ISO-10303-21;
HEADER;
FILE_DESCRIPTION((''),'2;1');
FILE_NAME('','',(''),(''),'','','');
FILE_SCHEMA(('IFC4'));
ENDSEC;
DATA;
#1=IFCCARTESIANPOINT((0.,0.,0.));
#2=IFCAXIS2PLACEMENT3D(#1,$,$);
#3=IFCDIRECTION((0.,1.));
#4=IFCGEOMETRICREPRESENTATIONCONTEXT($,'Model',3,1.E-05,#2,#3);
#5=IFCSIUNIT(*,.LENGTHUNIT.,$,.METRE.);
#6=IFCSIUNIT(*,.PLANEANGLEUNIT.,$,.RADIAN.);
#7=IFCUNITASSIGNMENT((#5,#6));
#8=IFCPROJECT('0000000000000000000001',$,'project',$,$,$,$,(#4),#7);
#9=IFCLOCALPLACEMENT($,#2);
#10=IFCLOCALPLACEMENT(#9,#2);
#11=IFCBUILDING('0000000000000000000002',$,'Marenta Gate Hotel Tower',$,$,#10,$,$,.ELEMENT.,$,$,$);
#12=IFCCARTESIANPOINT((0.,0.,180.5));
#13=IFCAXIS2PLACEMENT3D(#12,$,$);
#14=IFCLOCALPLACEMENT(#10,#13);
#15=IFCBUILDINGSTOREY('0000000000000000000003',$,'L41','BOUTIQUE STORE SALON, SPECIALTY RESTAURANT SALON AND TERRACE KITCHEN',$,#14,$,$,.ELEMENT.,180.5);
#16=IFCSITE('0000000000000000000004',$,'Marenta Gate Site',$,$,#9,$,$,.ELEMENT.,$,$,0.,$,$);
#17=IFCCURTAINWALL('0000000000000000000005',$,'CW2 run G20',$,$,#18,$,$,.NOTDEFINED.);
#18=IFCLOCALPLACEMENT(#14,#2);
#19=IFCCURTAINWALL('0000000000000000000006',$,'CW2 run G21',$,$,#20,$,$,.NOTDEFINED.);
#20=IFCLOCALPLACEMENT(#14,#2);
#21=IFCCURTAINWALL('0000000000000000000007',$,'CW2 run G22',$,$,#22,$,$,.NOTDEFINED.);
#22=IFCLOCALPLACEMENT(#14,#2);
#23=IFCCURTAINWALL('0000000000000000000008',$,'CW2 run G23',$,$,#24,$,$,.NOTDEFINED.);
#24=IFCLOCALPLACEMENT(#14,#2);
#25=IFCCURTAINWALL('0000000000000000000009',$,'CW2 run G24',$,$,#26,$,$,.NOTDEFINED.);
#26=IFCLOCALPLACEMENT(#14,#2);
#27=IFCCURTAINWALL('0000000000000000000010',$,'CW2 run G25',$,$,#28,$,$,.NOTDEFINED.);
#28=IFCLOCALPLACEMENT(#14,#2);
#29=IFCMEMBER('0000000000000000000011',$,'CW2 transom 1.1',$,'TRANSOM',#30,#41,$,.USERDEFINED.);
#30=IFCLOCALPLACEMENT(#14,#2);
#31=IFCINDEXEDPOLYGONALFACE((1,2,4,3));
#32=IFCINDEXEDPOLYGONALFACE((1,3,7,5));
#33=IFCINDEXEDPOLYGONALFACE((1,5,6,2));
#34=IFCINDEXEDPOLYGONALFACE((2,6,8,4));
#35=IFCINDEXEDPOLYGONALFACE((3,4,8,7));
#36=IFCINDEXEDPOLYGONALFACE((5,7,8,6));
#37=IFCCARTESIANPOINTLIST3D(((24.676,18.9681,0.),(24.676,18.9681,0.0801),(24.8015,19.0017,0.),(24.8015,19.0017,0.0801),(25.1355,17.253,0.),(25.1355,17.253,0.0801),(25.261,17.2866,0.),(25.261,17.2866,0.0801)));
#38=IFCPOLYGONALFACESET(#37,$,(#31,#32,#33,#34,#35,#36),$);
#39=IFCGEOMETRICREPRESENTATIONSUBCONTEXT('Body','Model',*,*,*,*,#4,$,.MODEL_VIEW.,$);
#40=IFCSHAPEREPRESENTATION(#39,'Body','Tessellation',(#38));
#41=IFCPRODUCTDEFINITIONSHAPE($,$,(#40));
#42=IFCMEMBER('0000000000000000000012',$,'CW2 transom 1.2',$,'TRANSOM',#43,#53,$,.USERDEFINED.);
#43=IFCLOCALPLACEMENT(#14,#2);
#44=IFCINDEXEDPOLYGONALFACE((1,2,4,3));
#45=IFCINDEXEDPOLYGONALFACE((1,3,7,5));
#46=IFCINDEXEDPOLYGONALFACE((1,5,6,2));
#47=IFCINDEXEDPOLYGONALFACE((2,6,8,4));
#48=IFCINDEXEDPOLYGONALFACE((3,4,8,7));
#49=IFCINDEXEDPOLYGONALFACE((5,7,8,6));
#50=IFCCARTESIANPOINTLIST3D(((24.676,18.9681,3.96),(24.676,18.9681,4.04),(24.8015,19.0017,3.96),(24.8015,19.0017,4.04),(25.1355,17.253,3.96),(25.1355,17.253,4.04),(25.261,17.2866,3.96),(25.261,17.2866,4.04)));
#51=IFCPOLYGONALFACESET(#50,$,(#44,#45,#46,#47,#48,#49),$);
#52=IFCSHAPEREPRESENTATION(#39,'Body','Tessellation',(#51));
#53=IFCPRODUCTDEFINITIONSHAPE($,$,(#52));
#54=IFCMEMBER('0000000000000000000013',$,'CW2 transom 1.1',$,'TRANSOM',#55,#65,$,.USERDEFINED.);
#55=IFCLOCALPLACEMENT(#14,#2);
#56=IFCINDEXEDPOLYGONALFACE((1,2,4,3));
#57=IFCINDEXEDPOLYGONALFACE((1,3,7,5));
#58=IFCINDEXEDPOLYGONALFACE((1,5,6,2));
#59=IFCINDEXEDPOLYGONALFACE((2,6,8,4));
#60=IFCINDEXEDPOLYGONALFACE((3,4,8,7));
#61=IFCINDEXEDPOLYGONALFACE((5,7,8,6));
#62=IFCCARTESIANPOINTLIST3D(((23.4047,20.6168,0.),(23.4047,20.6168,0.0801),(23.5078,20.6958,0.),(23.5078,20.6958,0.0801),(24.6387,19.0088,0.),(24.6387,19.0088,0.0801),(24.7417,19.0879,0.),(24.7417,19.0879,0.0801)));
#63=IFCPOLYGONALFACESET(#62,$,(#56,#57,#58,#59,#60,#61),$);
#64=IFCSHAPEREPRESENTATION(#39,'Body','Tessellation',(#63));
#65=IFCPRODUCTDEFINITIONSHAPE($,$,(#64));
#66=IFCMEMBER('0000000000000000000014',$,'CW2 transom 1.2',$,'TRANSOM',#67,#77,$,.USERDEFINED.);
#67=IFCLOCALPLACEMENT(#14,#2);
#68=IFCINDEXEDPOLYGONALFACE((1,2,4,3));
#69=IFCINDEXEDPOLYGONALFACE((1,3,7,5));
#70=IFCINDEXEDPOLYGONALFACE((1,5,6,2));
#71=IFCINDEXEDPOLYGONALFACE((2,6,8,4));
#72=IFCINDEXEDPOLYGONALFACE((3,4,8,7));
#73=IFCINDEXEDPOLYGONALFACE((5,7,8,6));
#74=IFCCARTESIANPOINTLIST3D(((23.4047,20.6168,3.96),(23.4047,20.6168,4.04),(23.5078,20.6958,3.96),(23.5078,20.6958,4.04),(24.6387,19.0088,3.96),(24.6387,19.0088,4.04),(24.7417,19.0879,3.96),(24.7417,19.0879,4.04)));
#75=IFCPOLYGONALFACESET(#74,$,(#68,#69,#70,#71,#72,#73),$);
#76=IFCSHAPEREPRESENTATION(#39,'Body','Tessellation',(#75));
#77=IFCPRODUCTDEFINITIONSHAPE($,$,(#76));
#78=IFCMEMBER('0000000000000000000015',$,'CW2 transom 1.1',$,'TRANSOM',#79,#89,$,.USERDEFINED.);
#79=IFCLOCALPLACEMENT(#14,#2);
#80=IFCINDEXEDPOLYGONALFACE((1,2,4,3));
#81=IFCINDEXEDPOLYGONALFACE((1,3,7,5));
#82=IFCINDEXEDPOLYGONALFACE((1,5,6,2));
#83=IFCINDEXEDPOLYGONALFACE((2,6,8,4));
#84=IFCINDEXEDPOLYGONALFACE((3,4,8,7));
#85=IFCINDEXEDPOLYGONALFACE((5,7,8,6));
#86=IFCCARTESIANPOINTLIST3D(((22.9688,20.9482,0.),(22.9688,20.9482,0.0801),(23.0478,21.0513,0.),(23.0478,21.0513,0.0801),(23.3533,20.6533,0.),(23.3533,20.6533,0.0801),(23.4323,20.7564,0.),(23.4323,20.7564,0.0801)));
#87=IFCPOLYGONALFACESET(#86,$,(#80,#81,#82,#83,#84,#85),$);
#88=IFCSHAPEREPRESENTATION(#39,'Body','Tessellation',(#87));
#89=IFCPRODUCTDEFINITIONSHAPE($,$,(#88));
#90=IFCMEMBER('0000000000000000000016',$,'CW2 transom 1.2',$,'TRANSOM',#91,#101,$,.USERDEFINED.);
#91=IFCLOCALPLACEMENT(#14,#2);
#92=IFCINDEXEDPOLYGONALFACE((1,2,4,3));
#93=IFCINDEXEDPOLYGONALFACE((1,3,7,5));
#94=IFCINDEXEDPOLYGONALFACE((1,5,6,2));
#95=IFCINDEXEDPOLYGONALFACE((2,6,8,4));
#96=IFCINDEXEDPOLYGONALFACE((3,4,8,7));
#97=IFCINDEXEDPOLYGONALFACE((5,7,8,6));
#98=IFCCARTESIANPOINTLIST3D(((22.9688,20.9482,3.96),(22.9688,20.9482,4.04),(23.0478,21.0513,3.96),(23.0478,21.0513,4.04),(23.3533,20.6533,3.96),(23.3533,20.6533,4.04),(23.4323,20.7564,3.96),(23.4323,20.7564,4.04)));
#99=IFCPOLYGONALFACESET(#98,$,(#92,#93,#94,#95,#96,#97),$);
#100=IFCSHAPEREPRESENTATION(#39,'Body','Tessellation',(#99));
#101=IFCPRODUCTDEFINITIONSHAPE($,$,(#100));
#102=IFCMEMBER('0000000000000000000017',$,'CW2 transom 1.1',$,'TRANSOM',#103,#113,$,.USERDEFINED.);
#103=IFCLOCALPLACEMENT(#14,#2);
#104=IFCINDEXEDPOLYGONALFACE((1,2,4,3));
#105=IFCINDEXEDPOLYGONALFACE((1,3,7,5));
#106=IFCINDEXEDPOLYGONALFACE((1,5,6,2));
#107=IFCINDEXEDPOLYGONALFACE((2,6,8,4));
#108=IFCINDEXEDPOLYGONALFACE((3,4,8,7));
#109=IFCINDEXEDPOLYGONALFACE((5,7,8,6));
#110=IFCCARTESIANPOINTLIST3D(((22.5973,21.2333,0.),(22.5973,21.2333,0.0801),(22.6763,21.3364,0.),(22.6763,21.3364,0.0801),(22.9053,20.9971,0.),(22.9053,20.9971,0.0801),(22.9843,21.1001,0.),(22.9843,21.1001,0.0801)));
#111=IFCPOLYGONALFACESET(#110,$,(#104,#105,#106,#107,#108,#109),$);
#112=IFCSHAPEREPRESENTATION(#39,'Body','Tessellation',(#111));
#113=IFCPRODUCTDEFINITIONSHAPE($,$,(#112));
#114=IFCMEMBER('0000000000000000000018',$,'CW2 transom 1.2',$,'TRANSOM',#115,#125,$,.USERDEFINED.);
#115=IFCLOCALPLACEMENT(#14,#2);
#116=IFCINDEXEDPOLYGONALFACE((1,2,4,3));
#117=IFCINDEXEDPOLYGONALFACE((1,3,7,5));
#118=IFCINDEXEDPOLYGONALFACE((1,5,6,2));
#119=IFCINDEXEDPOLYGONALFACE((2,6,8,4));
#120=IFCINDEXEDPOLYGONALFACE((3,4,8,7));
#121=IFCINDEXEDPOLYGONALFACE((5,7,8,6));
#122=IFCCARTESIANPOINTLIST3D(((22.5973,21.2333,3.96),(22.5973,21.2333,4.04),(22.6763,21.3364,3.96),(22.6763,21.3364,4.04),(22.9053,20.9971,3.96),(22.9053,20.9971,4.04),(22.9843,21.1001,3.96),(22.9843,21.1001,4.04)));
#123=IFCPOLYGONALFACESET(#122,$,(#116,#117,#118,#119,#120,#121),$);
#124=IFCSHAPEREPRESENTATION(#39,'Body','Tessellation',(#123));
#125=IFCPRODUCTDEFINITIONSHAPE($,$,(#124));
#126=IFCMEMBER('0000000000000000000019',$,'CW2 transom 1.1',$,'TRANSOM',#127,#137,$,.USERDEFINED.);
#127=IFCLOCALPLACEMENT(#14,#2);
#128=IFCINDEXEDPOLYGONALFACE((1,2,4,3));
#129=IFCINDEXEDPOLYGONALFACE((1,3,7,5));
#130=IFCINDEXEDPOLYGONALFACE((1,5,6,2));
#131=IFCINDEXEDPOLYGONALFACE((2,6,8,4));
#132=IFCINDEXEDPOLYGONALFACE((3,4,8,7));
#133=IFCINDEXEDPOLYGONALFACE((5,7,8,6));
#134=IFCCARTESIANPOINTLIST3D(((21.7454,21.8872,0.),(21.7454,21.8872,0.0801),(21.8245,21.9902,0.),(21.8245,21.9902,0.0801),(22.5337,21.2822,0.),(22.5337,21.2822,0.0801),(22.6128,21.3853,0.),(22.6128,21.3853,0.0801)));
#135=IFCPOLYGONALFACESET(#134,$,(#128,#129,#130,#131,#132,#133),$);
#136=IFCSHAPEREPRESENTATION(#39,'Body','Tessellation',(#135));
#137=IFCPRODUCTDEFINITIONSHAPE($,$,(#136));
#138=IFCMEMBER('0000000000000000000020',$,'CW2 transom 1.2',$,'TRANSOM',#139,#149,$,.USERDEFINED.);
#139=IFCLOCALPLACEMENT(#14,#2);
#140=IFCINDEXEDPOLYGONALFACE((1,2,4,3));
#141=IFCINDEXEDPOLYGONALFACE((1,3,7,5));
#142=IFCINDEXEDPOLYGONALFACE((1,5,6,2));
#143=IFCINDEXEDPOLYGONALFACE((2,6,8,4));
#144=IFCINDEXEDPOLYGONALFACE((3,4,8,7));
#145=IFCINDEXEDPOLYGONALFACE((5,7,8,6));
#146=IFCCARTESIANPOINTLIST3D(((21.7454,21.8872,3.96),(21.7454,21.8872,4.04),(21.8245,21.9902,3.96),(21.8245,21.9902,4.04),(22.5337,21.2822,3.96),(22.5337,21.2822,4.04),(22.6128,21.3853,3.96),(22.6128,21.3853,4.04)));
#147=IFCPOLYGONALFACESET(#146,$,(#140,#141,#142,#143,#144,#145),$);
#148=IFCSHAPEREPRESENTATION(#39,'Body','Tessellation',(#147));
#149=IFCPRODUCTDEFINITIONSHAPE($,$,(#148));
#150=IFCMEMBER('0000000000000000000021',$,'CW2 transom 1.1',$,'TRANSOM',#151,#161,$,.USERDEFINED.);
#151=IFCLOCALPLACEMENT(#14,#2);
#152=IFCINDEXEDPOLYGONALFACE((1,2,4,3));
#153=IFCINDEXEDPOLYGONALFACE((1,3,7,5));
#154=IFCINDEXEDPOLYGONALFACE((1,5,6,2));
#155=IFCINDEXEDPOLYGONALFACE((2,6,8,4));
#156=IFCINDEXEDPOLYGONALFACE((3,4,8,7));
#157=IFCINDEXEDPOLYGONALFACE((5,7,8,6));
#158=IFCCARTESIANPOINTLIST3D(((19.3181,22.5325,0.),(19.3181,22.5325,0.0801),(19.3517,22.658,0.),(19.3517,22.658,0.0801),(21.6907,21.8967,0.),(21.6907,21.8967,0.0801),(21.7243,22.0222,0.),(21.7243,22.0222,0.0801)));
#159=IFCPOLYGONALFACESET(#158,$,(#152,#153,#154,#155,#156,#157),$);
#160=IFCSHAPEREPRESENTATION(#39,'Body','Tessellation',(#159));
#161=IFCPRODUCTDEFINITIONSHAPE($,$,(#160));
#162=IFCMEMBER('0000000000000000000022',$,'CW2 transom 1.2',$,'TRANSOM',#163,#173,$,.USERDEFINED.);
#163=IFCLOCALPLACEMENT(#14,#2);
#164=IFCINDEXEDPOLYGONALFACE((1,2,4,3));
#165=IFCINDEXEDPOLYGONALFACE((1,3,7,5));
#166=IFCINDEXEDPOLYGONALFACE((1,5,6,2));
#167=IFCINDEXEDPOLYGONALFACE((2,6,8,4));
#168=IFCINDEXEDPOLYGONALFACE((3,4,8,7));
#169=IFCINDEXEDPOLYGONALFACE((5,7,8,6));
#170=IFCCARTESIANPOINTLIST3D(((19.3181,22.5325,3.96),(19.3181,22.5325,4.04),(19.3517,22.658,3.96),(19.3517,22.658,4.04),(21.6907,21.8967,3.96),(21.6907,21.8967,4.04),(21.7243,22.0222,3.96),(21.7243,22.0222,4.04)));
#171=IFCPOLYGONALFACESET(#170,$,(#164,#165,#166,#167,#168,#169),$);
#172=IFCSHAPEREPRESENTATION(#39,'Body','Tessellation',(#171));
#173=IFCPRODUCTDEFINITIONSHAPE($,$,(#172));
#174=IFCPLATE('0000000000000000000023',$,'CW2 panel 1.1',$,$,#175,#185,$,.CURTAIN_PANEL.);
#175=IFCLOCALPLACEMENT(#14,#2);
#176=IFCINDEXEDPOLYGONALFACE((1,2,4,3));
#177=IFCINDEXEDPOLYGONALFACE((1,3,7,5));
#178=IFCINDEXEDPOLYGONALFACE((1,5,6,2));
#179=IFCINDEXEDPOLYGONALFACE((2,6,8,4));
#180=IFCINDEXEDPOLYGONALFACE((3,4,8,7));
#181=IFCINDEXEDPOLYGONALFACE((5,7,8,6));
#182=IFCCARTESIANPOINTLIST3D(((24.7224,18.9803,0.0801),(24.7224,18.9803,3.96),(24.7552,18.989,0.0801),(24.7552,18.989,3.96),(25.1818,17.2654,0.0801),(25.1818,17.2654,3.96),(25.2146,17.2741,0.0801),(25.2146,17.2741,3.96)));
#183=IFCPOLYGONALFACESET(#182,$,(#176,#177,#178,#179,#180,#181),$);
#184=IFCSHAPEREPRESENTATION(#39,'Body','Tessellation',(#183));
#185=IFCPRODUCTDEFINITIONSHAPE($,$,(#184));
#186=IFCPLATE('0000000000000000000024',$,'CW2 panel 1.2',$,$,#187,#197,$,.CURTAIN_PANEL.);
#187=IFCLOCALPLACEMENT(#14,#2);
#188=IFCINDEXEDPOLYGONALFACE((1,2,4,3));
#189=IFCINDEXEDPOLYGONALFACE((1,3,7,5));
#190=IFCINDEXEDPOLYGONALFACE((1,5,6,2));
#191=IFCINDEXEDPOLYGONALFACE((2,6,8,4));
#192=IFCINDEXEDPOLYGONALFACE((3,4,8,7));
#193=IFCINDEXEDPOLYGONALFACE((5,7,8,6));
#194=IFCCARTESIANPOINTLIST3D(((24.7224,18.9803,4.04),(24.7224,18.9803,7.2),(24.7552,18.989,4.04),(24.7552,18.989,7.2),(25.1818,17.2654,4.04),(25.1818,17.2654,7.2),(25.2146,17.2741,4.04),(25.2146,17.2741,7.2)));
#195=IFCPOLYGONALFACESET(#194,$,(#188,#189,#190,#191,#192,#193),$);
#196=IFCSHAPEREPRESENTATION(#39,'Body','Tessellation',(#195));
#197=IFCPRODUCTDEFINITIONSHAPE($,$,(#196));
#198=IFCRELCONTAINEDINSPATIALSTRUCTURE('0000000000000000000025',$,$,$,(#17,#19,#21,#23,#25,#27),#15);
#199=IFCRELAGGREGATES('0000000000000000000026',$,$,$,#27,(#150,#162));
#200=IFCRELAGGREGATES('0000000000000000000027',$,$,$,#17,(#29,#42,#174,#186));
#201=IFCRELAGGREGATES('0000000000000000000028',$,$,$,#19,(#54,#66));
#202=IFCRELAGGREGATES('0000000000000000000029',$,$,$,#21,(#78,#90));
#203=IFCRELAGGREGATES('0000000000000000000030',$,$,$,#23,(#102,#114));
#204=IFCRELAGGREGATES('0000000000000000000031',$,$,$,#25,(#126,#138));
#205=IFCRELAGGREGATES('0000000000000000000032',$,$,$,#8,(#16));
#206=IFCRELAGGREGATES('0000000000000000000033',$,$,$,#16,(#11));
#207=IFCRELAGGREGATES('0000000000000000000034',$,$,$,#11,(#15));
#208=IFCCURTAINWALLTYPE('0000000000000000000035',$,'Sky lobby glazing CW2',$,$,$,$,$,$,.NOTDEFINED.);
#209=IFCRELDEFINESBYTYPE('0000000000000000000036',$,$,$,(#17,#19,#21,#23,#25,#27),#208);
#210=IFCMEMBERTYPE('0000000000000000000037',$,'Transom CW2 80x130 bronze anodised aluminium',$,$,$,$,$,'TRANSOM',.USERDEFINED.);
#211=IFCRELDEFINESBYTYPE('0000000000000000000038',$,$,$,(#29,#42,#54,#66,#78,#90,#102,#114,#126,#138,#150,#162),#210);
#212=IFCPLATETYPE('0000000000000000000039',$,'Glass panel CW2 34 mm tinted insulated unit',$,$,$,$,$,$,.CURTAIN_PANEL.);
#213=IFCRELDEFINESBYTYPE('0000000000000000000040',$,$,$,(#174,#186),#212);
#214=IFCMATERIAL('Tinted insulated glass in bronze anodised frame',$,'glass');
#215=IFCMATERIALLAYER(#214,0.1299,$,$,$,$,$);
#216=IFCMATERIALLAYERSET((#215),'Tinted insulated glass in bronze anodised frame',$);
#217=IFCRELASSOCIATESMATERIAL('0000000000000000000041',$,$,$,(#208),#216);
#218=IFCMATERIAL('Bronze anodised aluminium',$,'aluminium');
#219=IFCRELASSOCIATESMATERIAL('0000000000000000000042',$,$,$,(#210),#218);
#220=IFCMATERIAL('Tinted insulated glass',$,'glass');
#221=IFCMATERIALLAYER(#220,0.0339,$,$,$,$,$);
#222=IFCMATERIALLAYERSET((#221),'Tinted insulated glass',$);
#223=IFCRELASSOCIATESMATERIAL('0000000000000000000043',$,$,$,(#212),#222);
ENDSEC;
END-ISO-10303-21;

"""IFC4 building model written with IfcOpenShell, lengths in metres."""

from ifc_helpers import new_model, si_unit, direction, frame, origin, origin_2d, place, context, subcontext, project, spatial, rectangle, extrude, material, layer, layer_set, material_profile, profile_set, type_object, element, aggregate, save


model = new_model("IFC4")

# Units and contexts
model_context = context("Model", 3, precision=1e-05, world=origin(), true_north=direction((0.0, 1.0)))
body_context = subcontext(model_context, "Body", "Model", "MODEL_VIEW")
ifc_project = project(units=[si_unit("LENGTHUNIT", "METRE"), si_unit("PLANEANGLEUNIT", "RADIAN")], contexts=[model_context])

# Site, building, storey
site_placement = place(None, origin())
site = spatial("IfcSite", under=ifc_project, at=site_placement, Name="Marenta Gate Site", CompositionType="ELEMENT", RefElevation=0.0)
building_placement = place(site_placement, origin())
building = spatial("IfcBuilding", under=site, at=building_placement, Name="Marenta Gate Hotel Tower", CompositionType="ELEMENT")
storey_placement = place(building_placement, frame((0.0, 0.0, 180.5)))
storey = spatial("IfcBuildingStorey", under=building, at=storey_placement, Name="L41", Description="BOUTIQUE STORE SALON, SPECIALTY RESTAURANT SALON AND TERRACE KITCHEN", CompositionType="ELEMENT", Elevation=180.5)

# Curtain walls
ifc_material_1 = material(Name="Tinted insulated glass in bronze anodised frame", Category="glass")
ifc_layer_1 = layer(ifc_material_1, 0.1299)
ifc_layer_set_1 = layer_set([ifc_layer_1], Name="Tinted insulated glass in bronze anodised frame")
curtain_wall_type = type_object("IfcCurtainWallType", Name="Sky lobby glazing CW2", PredefinedType="NOTDEFINED", material=ifc_layer_set_1)
curtain_wall_1_placement = place(storey_placement, origin())
curtain_wall_1 = element("IfcCurtainWall", 1, at=curtain_wall_1_placement, inside=storey, type_object=curtain_wall_type, Name="CW2 run G20", PredefinedType="NOTDEFINED")
curtain_wall_2_placement = place(storey_placement, origin())
curtain_wall_2 = element("IfcCurtainWall", 2, at=curtain_wall_2_placement, inside=storey, type_object=curtain_wall_type, Name="CW2 run G21", PredefinedType="NOTDEFINED")
curtain_wall_3_placement = place(storey_placement, origin())
curtain_wall_3 = element("IfcCurtainWall", 3, at=curtain_wall_3_placement, inside=storey, type_object=curtain_wall_type, Name="CW2 run G22", PredefinedType="NOTDEFINED")
curtain_wall_4_placement = place(storey_placement, origin())
curtain_wall_4 = element("IfcCurtainWall", 4, at=curtain_wall_4_placement, inside=storey, type_object=curtain_wall_type, Name="CW2 run G23", PredefinedType="NOTDEFINED")
curtain_wall_5_placement = place(storey_placement, origin())
curtain_wall_5 = element("IfcCurtainWall", 5, at=curtain_wall_5_placement, inside=storey, type_object=curtain_wall_type, Name="CW2 run G24", PredefinedType="NOTDEFINED")
curtain_wall_6_placement = place(storey_placement, origin())
curtain_wall_6 = element("IfcCurtainWall", 6, at=curtain_wall_6_placement, inside=storey, type_object=curtain_wall_type, Name="CW2 run G25", PredefinedType="NOTDEFINED")

# Members
ifc_material_2 = material(Name="Bronze anodised aluminium", Category="aluminium")
ifc_material_profile_1 = material_profile(ifc_material_2, rectangle(XDim=0.1299, YDim=0.0801, at=origin_2d()), Name="Transom CW2 80x130 bronze anodised aluminium")
ifc_profile_set_1 = profile_set([ifc_material_profile_1], Name="Bronze anodised aluminium")
member_type_1 = type_object("IfcMemberType", Name="Transom CW2 80x130 bronze anodised aluminium", ElementType="TRANSOM", PredefinedType="USERDEFINED", material=ifc_profile_set_1)
member_1_placement = place(storey_placement, frame((25.1982, 17.2698, 0.04), z_axis=(-0.258775, 0.965938, 0.0), x_axis=(-0.965938, -0.258775, 0.0)))
member_1 = element("IfcMember", 7, at=member_1_placement, type_object=member_type_1, Name="CW2 transom 1.1", ObjectType="TRANSOM", PredefinedType="USERDEFINED", context=body_context, shape_type="SweptSolid", body=[
    extrude(rectangle(XDim=0.1299, YDim=0.0801, at=origin_2d()), origin(), (0.0, 0.0, 1.0), 1.7756),
])
member_2_placement = place(storey_placement, frame((25.1982, 17.2698, 4.0), z_axis=(-0.258775, 0.965938, 0.0), x_axis=(-0.965938, -0.258775, 0.0)))
member_2 = element("IfcMember", 8, at=member_2_placement, type_object=member_type_1, Name="CW2 transom 1.2", ObjectType="TRANSOM", PredefinedType="USERDEFINED", context=body_context, shape_type="SweptSolid", body=[
    extrude(rectangle(XDim=0.1299, YDim=0.0801, at=origin_2d()), origin(), (0.0, 0.0, 1.0), 1.7756),
])
member_3_placement = place(storey_placement, frame((24.6902, 19.0483, 0.04), z_axis=(-0.608791, 0.793331, 0.0), x_axis=(-0.793331, -0.608791, 0.0)))
member_3 = element("IfcMember", 9, at=member_3_placement, type_object=member_type_1, Name="CW2 transom 1.1", ObjectType="TRANSOM", PredefinedType="USERDEFINED", context=body_context, shape_type="SweptSolid", body=[
    extrude(rectangle(XDim=0.1299, YDim=0.0801, at=origin_2d()), origin(), (0.0, 0.0, 1.0), 2.0269),
])
member_4_placement = place(storey_placement, frame((24.6902, 19.0483, 4.0), z_axis=(-0.608791, 0.793331, 0.0), x_axis=(-0.793331, -0.608791, 0.0)))
member_4 = element("IfcMember", 10, at=member_4_placement, type_object=member_type_1, Name="CW2 transom 1.2", ObjectType="TRANSOM", PredefinedType="USERDEFINED", context=body_context, shape_type="SweptSolid", body=[
    extrude(rectangle(XDim=0.1299, YDim=0.0801, at=origin_2d()), origin(), (0.0, 0.0, 1.0), 2.0269),
])
member_5_placement = place(storey_placement, frame((23.3928, 20.7048, 0.04), z_axis=(-0.793485, 0.60859, 0.0), x_axis=(-0.60859, -0.793485, 0.0)))
member_5 = element("IfcMember", 11, at=member_5_placement, type_object=member_type_1, Name="CW2 transom 1.1", ObjectType="TRANSOM", PredefinedType="USERDEFINED", context=body_context, shape_type="SweptSolid", body=[
    extrude(rectangle(XDim=0.1299, YDim=0.0801, at=origin_2d()), origin(), (0.0, 0.0, 1.0), 0.4846),
])
member_6_placement = place(storey_placement, frame((23.3928, 20.7048, 4.0), z_axis=(-0.793485, 0.60859, 0.0), x_axis=(-0.60859, -0.793485, 0.0)))
member_6 = element("IfcMember", 12, at=member_6_placement, type_object=member_type_1, Name="CW2 transom 1.2", ObjectType="TRANSOM", PredefinedType="USERDEFINED", context=body_context, shape_type="SweptSolid", body=[
    extrude(rectangle(XDim=0.1299, YDim=0.0801, at=origin_2d()), origin(), (0.0, 0.0, 1.0), 0.4846),
])
member_7_placement = place(storey_placement, frame((22.9448, 21.0486, 0.04), z_axis=(-0.793465, 0.608616, 0.0), x_axis=(-0.608616, -0.793465, 0.0)))
member_7 = element("IfcMember", 13, at=member_7_placement, type_object=member_type_1, Name="CW2 transom 1.1", ObjectType="TRANSOM", PredefinedType="USERDEFINED", context=body_context, shape_type="SweptSolid", body=[
    extrude(rectangle(XDim=0.1299, YDim=0.0801, at=origin_2d()), origin(), (0.0, 0.0, 1.0), 0.3882),
])
member_8_placement = place(storey_placement, frame((22.9448, 21.0486, 4.0), z_axis=(-0.793465, 0.608616, 0.0), x_axis=(-0.608616, -0.793465, 0.0)))
member_8 = element("IfcMember", 14, at=member_8_placement, type_object=member_type_1, Name="CW2 transom 1.2", ObjectType="TRANSOM", PredefinedType="USERDEFINED", context=body_context, shape_type="SweptSolid", body=[
    extrude(rectangle(XDim=0.1299, YDim=0.0801, at=origin_2d()), origin(), (0.0, 0.0, 1.0), 0.3882),
])
member_9_placement = place(storey_placement, frame((22.5732, 21.3337, 0.04), z_axis=(-0.793318, 0.608808, 0.0), x_axis=(-0.608808, -0.793318, 0.0)))
member_9 = element("IfcMember", 15, at=member_9_placement, type_object=member_type_1, Name="CW2 transom 1.1", ObjectType="TRANSOM", PredefinedType="USERDEFINED", context=body_context, shape_type="SweptSolid", body=[
    extrude(rectangle(XDim=0.1299, YDim=0.0801, at=origin_2d()), origin(), (0.0, 0.0, 1.0), 0.9937),
])
member_10_placement = place(storey_placement, frame((22.5732, 21.3337, 4.0), z_axis=(-0.793318, 0.608808, 0.0), x_axis=(-0.608808, -0.793318, 0.0)))
member_10 = element("IfcMember", 16, at=member_10_placement, type_object=member_type_1, Name="CW2 transom 1.2", ObjectType="TRANSOM", PredefinedType="USERDEFINED", context=body_context, shape_type="SweptSolid", body=[
    extrude(rectangle(XDim=0.1299, YDim=0.0801, at=origin_2d()), origin(), (0.0, 0.0, 1.0), 0.9937),
])
member_11_placement = place(storey_placement, frame((21.7075, 21.9595, 0.04), z_axis=(-0.965924, 0.258826, 0.0), x_axis=(-0.258826, -0.965924, 0.0)))
member_11 = element("IfcMember", 17, at=member_11_placement, type_object=member_type_1, Name="CW2 transom 1.1", ObjectType="TRANSOM", PredefinedType="USERDEFINED", context=body_context, shape_type="SweptSolid", body=[
    extrude(rectangle(XDim=0.1299, YDim=0.0801, at=origin_2d()), origin(), (0.0, 0.0, 1.0), 2.4563),
])
member_12_placement = place(storey_placement, frame((21.7075, 21.9595, 4.0), z_axis=(-0.965924, 0.258826, 0.0), x_axis=(-0.258826, -0.965924, 0.0)))
member_12 = element("IfcMember", 18, at=member_12_placement, type_object=member_type_1, Name="CW2 transom 1.2", ObjectType="TRANSOM", PredefinedType="USERDEFINED", context=body_context, shape_type="SweptSolid", body=[
    extrude(rectangle(XDim=0.1299, YDim=0.0801, at=origin_2d()), origin(), (0.0, 0.0, 1.0), 2.4563),
])
aggregate(curtain_wall_6, [member_11, member_12])

# Plates
ifc_material_3 = material(Name="Tinted insulated glass", Category="glass")
ifc_layer_2 = layer(ifc_material_3, 0.0339)
ifc_layer_set_2 = layer_set([ifc_layer_2], Name="Tinted insulated glass")
plate_type = type_object("IfcPlateType", Name="Glass panel CW2 34 mm tinted insulated unit", PredefinedType="CURTAIN_PANEL", material=ifc_layer_set_2)
plate_1_placement = place(storey_placement, frame((24.9685, 18.1272, 0.0801), z_axis=(0.0, 0.0, 1.0), x_axis=(-0.258796, 0.965932, 0.0)))
plate_1 = element("IfcPlate", 19, at=plate_1_placement, type_object=plate_type, Name="CW2 panel 1.1", PredefinedType="CURTAIN_PANEL", context=body_context, shape_type="SweptSolid", body=[
    extrude(rectangle(XDim=1.7754, YDim=0.0339, at=origin_2d()), origin(), (0.0, 0.0, 1.0), 3.8799),
])
plate_2_placement = place(storey_placement, frame((24.9685, 18.1272, 4.04), z_axis=(0.0, 0.0, 1.0), x_axis=(-0.258796, 0.965932, 0.0)))
plate_2 = element("IfcPlate", 20, at=plate_2_placement, type_object=plate_type, Name="CW2 panel 1.2", PredefinedType="CURTAIN_PANEL", context=body_context, shape_type="SweptSolid", body=[
    extrude(rectangle(XDim=1.7754, YDim=0.0339, at=origin_2d()), origin(), (0.0, 0.0, 1.0), 3.1599),
])
aggregate(curtain_wall_1, [member_1, member_2, plate_1, plate_2])
aggregate(curtain_wall_2, [member_3, member_4])
aggregate(curtain_wall_3, [member_5, member_6])
aggregate(curtain_wall_4, [member_7, member_8])
aggregate(curtain_wall_5, [member_9, member_10])

save(model, "model.ifc")
